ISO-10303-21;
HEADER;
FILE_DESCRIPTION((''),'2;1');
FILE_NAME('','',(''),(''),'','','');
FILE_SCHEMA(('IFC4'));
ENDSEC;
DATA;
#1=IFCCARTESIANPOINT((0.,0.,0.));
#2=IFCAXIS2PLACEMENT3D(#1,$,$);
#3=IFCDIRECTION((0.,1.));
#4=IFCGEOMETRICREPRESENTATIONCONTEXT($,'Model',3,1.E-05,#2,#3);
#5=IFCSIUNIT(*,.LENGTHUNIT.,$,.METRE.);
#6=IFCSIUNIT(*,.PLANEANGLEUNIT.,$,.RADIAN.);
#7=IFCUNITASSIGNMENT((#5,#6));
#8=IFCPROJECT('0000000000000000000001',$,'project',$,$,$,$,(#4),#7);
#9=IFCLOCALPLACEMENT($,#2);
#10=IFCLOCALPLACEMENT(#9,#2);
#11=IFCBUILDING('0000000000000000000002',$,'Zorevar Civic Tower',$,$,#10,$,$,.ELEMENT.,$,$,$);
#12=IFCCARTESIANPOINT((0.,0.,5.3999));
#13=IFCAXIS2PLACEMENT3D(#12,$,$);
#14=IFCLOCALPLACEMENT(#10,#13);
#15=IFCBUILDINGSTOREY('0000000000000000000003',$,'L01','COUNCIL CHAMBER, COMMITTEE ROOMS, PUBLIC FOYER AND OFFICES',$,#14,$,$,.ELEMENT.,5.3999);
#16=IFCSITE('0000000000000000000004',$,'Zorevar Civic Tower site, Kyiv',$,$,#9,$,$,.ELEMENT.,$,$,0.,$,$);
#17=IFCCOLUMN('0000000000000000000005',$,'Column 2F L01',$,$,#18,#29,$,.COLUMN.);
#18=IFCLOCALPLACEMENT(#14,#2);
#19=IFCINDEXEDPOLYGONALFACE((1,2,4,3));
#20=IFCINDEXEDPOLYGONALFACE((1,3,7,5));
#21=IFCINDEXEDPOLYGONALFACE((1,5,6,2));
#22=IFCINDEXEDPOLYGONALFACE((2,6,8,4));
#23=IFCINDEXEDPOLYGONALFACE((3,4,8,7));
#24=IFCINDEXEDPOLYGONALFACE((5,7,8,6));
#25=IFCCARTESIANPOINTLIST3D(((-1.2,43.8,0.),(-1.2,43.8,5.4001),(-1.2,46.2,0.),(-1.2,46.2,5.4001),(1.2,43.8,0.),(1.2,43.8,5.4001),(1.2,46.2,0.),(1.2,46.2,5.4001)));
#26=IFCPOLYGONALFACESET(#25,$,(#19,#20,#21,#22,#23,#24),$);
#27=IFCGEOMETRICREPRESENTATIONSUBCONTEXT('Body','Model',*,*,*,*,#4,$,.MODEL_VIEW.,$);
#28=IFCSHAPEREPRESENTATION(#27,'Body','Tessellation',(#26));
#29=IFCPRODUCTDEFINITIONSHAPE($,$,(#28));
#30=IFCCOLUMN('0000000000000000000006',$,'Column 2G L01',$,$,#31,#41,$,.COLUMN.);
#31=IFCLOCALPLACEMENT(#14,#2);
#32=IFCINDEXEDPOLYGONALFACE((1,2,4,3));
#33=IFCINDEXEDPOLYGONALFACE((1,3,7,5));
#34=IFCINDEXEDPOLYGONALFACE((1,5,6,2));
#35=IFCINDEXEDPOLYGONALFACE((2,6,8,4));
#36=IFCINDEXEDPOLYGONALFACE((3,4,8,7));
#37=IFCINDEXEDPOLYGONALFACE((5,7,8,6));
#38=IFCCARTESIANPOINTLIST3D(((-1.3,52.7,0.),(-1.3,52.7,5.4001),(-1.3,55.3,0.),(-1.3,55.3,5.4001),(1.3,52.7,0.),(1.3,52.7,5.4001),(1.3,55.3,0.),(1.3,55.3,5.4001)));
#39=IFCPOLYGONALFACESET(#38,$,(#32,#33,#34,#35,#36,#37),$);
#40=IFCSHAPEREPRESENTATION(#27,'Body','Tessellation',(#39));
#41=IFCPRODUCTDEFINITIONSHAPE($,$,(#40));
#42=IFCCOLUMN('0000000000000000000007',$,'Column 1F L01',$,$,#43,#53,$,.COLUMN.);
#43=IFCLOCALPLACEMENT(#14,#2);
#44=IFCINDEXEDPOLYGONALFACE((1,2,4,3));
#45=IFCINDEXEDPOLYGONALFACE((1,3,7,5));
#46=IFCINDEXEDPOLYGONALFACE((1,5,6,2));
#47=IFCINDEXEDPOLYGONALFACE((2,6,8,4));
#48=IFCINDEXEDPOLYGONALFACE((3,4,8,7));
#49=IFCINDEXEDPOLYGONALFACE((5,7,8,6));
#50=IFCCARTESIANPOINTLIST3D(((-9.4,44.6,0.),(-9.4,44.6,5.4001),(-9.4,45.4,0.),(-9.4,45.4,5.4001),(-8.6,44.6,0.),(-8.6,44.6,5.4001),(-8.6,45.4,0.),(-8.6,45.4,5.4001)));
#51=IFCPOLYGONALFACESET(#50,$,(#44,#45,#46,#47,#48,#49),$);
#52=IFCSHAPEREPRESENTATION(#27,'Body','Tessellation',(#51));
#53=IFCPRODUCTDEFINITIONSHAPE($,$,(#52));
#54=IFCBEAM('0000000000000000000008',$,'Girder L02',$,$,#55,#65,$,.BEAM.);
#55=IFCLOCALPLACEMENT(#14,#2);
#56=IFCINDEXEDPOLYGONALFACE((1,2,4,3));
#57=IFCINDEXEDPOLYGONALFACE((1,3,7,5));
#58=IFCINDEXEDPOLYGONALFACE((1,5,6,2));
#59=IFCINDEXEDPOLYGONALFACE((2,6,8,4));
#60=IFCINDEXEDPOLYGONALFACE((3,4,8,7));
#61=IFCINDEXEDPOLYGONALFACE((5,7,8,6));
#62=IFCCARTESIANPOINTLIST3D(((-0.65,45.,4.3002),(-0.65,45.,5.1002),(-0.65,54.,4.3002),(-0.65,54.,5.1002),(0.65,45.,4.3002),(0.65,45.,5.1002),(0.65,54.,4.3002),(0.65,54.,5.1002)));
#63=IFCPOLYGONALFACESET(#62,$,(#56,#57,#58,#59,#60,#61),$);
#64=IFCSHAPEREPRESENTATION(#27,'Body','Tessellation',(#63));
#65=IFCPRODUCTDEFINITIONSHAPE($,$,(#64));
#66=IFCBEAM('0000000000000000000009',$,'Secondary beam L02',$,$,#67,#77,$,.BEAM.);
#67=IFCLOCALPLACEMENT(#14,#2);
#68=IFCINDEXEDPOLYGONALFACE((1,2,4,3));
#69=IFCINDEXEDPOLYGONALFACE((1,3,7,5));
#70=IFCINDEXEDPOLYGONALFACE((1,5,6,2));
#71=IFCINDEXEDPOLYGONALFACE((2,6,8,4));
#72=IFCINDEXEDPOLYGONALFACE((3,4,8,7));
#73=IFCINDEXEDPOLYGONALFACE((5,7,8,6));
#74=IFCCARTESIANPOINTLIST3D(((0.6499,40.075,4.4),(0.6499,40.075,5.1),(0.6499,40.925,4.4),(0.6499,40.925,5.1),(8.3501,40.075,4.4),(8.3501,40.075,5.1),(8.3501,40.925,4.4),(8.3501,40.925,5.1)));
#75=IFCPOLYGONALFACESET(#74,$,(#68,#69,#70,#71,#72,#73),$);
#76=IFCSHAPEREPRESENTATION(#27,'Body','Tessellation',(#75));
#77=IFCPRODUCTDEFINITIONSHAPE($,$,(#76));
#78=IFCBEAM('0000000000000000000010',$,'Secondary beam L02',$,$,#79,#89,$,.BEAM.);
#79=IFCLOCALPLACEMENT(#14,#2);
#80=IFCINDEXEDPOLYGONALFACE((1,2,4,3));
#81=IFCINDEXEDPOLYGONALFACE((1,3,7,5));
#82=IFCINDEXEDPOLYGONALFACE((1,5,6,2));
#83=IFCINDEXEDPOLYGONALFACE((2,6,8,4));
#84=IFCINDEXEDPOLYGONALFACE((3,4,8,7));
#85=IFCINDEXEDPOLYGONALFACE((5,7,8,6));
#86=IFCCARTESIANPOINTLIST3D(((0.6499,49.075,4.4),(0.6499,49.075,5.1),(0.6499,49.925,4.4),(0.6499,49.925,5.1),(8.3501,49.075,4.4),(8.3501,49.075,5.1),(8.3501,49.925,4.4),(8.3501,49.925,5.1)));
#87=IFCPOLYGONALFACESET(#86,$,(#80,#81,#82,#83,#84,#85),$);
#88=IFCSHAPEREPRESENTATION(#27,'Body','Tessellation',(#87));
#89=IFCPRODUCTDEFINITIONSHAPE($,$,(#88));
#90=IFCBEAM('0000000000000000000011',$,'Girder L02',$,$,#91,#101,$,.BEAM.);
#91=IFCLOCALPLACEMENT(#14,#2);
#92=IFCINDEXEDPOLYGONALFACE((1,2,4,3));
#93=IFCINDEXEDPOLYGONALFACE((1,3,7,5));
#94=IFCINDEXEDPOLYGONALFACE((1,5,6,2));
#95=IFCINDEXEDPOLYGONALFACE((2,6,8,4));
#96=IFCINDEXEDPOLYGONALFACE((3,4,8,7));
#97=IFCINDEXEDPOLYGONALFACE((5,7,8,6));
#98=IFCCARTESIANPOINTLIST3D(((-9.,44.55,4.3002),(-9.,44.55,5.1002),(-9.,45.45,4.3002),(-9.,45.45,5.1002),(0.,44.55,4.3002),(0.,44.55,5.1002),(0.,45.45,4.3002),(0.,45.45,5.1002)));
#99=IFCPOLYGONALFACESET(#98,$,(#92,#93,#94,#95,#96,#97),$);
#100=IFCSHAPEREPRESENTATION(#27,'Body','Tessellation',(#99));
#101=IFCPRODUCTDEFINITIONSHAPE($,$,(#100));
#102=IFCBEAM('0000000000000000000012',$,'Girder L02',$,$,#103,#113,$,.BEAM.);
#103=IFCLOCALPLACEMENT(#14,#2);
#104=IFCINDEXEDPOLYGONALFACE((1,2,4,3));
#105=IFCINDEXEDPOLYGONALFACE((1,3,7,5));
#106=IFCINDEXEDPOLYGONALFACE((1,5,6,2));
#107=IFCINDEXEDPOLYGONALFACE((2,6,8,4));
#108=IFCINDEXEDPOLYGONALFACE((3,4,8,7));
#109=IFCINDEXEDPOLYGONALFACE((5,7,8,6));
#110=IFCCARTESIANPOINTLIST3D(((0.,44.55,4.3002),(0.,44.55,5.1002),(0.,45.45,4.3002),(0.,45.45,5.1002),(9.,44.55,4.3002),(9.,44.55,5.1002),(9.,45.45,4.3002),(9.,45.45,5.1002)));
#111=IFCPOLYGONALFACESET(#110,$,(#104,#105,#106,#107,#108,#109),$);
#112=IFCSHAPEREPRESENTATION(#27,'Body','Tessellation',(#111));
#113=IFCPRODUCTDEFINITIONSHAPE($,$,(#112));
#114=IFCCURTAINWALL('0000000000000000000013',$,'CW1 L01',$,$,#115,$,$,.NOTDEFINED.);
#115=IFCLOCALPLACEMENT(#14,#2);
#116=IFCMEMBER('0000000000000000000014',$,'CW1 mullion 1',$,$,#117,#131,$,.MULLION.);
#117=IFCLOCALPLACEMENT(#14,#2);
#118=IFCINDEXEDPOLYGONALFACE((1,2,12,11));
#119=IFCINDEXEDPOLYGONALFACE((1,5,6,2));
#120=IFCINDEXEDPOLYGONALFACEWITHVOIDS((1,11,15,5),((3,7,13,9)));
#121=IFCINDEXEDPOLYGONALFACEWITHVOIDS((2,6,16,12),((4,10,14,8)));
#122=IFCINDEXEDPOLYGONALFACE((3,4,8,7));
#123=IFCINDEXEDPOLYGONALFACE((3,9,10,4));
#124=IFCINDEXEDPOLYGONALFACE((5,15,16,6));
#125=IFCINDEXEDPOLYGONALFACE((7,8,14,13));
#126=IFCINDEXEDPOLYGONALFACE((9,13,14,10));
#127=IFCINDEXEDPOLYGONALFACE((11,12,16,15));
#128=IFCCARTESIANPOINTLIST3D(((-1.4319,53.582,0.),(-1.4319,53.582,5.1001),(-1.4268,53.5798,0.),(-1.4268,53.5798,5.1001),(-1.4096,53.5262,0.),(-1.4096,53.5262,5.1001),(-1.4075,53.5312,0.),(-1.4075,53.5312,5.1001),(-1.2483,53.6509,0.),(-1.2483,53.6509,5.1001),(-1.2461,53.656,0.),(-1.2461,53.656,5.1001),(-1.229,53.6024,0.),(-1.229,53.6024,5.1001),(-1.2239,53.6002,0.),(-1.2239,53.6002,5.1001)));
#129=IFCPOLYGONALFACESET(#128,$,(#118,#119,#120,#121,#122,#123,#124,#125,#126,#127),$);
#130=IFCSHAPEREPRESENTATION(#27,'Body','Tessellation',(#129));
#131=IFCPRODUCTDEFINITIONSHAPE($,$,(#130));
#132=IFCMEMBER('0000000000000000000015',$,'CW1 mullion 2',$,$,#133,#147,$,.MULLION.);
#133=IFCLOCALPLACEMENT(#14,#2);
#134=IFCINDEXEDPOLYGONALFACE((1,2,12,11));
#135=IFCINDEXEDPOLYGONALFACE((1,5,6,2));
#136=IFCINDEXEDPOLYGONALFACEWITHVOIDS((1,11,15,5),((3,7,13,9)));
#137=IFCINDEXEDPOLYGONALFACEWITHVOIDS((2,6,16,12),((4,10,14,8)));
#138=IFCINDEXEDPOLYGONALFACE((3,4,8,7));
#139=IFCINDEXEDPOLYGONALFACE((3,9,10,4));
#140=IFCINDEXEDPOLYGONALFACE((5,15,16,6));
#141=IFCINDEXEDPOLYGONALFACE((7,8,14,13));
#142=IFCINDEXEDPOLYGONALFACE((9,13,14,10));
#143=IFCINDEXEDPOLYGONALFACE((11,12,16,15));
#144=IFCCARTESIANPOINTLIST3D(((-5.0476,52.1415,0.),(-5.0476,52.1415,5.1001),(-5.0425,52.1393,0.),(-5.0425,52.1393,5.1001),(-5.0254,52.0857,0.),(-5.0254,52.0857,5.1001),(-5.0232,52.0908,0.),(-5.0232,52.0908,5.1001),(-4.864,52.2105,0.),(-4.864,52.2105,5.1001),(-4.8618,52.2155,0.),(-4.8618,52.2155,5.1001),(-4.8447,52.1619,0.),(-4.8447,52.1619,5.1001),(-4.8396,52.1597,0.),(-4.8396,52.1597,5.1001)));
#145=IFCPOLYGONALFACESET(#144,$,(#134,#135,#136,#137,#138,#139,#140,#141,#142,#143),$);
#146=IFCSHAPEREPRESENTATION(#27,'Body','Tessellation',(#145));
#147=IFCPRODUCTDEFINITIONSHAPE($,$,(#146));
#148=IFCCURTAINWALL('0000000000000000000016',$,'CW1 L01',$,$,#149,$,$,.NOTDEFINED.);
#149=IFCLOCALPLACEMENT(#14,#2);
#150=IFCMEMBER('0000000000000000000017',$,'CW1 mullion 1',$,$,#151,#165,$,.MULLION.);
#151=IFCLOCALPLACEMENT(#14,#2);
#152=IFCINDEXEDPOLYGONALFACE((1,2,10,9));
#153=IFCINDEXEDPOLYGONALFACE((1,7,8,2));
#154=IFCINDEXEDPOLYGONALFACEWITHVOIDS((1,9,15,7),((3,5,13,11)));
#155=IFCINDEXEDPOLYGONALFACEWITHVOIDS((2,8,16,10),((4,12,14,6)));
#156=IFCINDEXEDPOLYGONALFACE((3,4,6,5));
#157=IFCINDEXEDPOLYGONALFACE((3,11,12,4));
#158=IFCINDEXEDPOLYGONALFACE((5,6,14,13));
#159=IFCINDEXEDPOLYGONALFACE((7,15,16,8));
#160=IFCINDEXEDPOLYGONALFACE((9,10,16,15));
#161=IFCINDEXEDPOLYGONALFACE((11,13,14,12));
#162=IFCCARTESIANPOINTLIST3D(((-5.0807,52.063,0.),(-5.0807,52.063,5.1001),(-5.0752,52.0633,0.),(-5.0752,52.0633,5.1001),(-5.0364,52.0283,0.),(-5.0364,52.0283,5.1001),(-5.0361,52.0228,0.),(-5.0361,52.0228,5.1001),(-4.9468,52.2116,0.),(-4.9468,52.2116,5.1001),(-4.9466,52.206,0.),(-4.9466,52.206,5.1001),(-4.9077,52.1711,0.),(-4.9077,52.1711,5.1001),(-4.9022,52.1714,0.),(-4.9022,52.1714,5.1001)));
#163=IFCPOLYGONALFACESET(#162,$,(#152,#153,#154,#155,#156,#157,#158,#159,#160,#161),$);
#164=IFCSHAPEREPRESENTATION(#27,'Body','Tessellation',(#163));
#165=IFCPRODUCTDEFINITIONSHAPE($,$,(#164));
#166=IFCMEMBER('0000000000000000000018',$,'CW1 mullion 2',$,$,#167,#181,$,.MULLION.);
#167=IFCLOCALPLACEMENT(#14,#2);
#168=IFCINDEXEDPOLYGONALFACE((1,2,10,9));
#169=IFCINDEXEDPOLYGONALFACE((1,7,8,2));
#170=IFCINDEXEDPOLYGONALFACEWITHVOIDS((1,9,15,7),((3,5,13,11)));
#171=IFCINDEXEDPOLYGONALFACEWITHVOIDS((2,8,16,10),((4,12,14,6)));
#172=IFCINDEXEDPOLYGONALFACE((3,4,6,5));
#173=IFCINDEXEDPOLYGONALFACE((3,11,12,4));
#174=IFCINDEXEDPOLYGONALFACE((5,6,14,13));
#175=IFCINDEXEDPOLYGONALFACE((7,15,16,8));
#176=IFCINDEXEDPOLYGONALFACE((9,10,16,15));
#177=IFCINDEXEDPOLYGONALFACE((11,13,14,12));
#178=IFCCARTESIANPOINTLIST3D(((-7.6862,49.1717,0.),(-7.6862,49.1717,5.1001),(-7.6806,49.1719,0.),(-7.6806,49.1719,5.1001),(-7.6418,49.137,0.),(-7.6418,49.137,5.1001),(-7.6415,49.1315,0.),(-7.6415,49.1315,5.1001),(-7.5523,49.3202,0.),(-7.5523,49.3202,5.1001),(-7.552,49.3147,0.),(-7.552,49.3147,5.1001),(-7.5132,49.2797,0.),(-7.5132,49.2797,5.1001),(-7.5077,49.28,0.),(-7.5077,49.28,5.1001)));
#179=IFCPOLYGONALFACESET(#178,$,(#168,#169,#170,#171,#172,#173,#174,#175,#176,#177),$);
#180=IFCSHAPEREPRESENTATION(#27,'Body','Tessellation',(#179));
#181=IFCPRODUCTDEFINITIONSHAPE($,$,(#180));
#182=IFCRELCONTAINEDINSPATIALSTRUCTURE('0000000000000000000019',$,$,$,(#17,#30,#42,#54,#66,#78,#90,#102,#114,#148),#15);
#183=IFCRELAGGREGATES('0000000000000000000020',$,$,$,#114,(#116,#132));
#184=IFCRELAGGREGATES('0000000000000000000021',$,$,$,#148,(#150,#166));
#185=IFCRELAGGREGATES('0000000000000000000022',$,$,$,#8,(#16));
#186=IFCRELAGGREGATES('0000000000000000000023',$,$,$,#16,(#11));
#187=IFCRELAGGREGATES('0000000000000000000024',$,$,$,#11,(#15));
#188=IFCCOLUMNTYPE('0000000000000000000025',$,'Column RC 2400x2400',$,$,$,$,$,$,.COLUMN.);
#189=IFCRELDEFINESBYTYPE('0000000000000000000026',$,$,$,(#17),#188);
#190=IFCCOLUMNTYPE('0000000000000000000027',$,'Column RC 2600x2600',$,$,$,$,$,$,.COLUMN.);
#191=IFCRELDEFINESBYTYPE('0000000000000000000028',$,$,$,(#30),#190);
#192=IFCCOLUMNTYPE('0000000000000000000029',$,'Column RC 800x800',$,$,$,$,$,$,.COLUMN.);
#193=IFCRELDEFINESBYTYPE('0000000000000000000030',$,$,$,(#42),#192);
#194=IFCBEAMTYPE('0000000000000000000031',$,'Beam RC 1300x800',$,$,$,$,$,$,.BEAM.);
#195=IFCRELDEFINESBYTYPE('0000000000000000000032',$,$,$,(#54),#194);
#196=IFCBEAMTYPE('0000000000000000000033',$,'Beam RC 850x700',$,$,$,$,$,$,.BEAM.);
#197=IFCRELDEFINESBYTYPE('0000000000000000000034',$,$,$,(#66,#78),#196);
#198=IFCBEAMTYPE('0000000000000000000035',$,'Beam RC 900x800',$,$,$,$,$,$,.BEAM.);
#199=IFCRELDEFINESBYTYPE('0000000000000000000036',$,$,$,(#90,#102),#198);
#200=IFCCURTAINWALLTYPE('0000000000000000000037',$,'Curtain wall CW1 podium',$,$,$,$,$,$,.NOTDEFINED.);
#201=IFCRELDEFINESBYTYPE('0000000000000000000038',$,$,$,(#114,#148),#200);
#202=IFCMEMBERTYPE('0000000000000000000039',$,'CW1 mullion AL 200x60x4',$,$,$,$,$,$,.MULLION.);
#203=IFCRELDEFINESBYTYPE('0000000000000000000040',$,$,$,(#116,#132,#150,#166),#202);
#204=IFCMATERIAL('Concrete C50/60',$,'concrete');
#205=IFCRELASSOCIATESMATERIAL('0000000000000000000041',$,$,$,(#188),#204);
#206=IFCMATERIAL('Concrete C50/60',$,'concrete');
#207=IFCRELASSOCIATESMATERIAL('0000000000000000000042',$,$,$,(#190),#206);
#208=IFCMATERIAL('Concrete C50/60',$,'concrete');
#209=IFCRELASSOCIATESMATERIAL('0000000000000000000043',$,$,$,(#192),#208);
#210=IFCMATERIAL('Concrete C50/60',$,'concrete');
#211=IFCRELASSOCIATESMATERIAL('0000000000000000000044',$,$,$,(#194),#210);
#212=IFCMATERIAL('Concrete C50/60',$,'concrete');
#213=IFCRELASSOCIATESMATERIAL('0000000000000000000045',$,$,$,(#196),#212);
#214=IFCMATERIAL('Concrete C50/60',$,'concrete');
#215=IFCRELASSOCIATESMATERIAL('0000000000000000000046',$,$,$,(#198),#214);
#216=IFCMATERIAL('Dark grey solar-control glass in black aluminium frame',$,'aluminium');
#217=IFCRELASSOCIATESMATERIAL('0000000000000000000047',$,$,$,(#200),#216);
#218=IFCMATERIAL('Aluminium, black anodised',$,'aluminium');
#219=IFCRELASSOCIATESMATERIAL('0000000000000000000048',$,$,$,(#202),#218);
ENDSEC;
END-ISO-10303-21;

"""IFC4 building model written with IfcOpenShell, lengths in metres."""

from ifc_helpers import new_model, si_unit, direction, frame, origin, origin_2d, place, context, subcontext, project, spatial, rectangle, hollow_rectangle, extrude, material, material_profile, profile_set, type_object, element, aggregate, save


model = new_model("IFC4")

# Units and contexts
model_context = context("Model", 3, precision=1e-05, world=origin(), true_north=direction((0.0, 1.0)))
body_context = subcontext(model_context, "Body", "Model", "MODEL_VIEW")
ifc_project = project(units=[si_unit("LENGTHUNIT", "METRE"), si_unit("PLANEANGLEUNIT", "RADIAN")], contexts=[model_context])

# Site, building, storey
site_placement = place(None, origin())
site = spatial("IfcSite", under=ifc_project, at=site_placement, Name="Zorevar Civic Tower site, Kyiv", CompositionType="ELEMENT", RefElevation=0.0)
building_placement = place(site_placement, origin())
building = spatial("IfcBuilding", under=site, at=building_placement, Name="Zorevar Civic Tower", CompositionType="ELEMENT")
storey_placement = place(building_placement, frame((0.0, 0.0, 5.3999)))
storey = spatial("IfcBuildingStorey", under=building, at=storey_placement, Name="L01", Description="COUNCIL CHAMBER, COMMITTEE ROOMS, PUBLIC FOYER AND OFFICES", CompositionType="ELEMENT", Elevation=5.3999)

# Columns
ifc_material_1 = material(Name="Concrete C50/60", Category="concrete")
ifc_material_profile_1 = material_profile(ifc_material_1, rectangle(XDim=2.3999, YDim=2.3999, at=origin_2d()), Name="RC 2400x2400")
ifc_profile_set_1 = profile_set([ifc_material_profile_1], Name="Concrete C50/60")
column_type_1 = type_object("IfcColumnType", Name="Column RC 2400x2400", PredefinedType="COLUMN", material=ifc_profile_set_1)
column_1_placement = place(storey_placement, frame((0.0, 45.0, 0.0), z_axis=(0.0, 0.0, 1.0), x_axis=(1.0, 0.0, 0.0)))
element("IfcColumn", 1, at=column_1_placement, inside=storey, type_object=column_type_1, Name="Column 2F L01", PredefinedType="COLUMN", context=body_context, shape_type="SweptSolid", body=[
    extrude(rectangle(XDim=2.3999, YDim=2.3999, at=origin_2d()), origin(), (0.0, 0.0, 1.0), 5.4001),
])
ifc_material_2 = material(Name="Concrete C50/60", Category="concrete")
ifc_material_profile_2 = material_profile(ifc_material_2, rectangle(XDim=2.6001, YDim=2.6001, at=origin_2d()), Name="RC 2600x2600")
ifc_profile_set_2 = profile_set([ifc_material_profile_2], Name="Concrete C50/60")
column_type_2 = type_object("IfcColumnType", Name="Column RC 2600x2600", PredefinedType="COLUMN", material=ifc_profile_set_2)
column_2_placement = place(storey_placement, frame((0.0, 54.0, 0.0), z_axis=(0.0, 0.0, 1.0), x_axis=(1.0, 0.0, 0.0)))
element("IfcColumn", 2, at=column_2_placement, inside=storey, type_object=column_type_2, Name="Column 2G L01", PredefinedType="COLUMN", context=body_context, shape_type="SweptSolid", body=[
    extrude(rectangle(XDim=2.6001, YDim=2.6001, at=origin_2d()), origin(), (0.0, 0.0, 1.0), 5.4001),
])
ifc_material_3 = material(Name="Concrete C50/60", Category="concrete")
ifc_material_profile_3 = material_profile(ifc_material_3, rectangle(XDim=0.8, YDim=0.8, at=origin_2d()), Name="RC 800x800")
ifc_profile_set_3 = profile_set([ifc_material_profile_3], Name="Concrete C50/60")
column_type_3 = type_object("IfcColumnType", Name="Column RC 800x800", PredefinedType="COLUMN", material=ifc_profile_set_3)
column_3_placement = place(storey_placement, frame((-9.0, 45.0, 0.0), z_axis=(0.0, 0.0, 1.0), x_axis=(1.0, 0.0, 0.0)))
element("IfcColumn", 3, at=column_3_placement, inside=storey, type_object=column_type_3, Name="Column 1F L01", PredefinedType="COLUMN", context=body_context, shape_type="SweptSolid", body=[
    extrude(rectangle(XDim=0.8, YDim=0.8, at=origin_2d()), origin(), (0.0, 0.0, 1.0), 5.4001),
])

# Beams
ifc_material_4 = material(Name="Concrete C50/60", Category="concrete")
ifc_material_profile_4 = material_profile(ifc_material_4, rectangle(XDim=1.3, YDim=0.8, at=origin_2d()), Name="RC 1300x800")
ifc_profile_set_4 = profile_set([ifc_material_profile_4], Name="Concrete C50/60")
beam_type_1 = type_object("IfcBeamType", Name="Beam RC 1300x800", PredefinedType="BEAM", material=ifc_profile_set_4)
beam_1_placement = place(storey_placement, frame((0.0, 45.0, 4.7002), z_axis=(0.0, 1.0, 0.0), x_axis=(-1.0, 0.0, 0.0)))
element("IfcBeam", 4, at=beam_1_placement, inside=storey, type_object=beam_type_1, Name="Girder L02", PredefinedType="BEAM", context=body_context, shape_type="SweptSolid", body=[
    extrude(rectangle(XDim=1.3, YDim=0.8, at=origin_2d()), origin(), (0.0, 0.0, 1.0), 9.0),
])
ifc_material_5 = material(Name="Concrete C50/60", Category="concrete")
ifc_material_profile_5 = material_profile(ifc_material_5, rectangle(XDim=0.8501, YDim=0.7, at=origin_2d()), Name="RC 850x700")
ifc_profile_set_5 = profile_set([ifc_material_profile_5], Name="Concrete C50/60")
beam_type_2 = type_object("IfcBeamType", Name="Beam RC 850x700", PredefinedType="BEAM", material=ifc_profile_set_5)
for number, where, z_axis, x_axis, name in (
    (5, (0.6499, 40.5, 4.75), (1.0, 0.0, 0.0), (0.0, 1.0, 0.0), "Secondary beam L02"),
    (6, (0.6499, 49.5, 4.75), (1.0, 0.0, 0.0), (0.0, 1.0, 0.0), "Secondary beam L02"),
):
    element("IfcBeam", number, at=place(storey_placement, frame(where, z_axis=z_axis, x_axis=x_axis)), inside=storey, type_object=beam_type_2, Name=name, PredefinedType="BEAM", context=body_context, shape_type="SweptSolid", body=[
        extrude(rectangle(XDim=0.8501, YDim=0.7, at=origin_2d()), origin(), (0.0, 0.0, 1.0), 7.7002),
    ])
ifc_material_6 = material(Name="Concrete C50/60", Category="concrete")
ifc_material_profile_6 = material_profile(ifc_material_6, rectangle(XDim=0.8999, YDim=0.8, at=origin_2d()), Name="RC 900x800")
ifc_profile_set_6 = profile_set([ifc_material_profile_6], Name="Concrete C50/60")
beam_type_3 = type_object("IfcBeamType", Name="Beam RC 900x800", PredefinedType="BEAM", material=ifc_profile_set_6)
for number, where, z_axis, x_axis, name in (
    (7, (-9.0, 45.0, 4.7002), (1.0, 0.0, 0.0), (0.0, 1.0, 0.0), "Girder L02"),
    (8, (0.0, 45.0, 4.7002), (1.0, 0.0, 0.0), (0.0, 1.0, 0.0), "Girder L02"),
):
    element("IfcBeam", number, at=place(storey_placement, frame(where, z_axis=z_axis, x_axis=x_axis)), inside=storey, type_object=beam_type_3, Name=name, PredefinedType="BEAM", context=body_context, shape_type="SweptSolid", body=[
        extrude(rectangle(XDim=0.8999, YDim=0.8, at=origin_2d()), origin(), (0.0, 0.0, 1.0), 9.0),
    ])

# Curtain walls, members
ifc_material_7 = material(Name="Dark grey solar-control glass in black aluminium frame", Category="aluminium")
curtain_wall_type = type_object("IfcCurtainWallType", Name="Curtain wall CW1 podium", PredefinedType="NOTDEFINED", material=ifc_material_7)
curtain_wall_1_placement = place(storey_placement, origin())
curtain_wall_1 = element("IfcCurtainWall", 9, at=curtain_wall_1_placement, inside=storey, type_object=curtain_wall_type, Name="CW1 L01", PredefinedType="NOTDEFINED")
ifc_material_8 = material(Name="Aluminium, black anodised", Category="aluminium")
ifc_material_profile_7 = material_profile(ifc_material_8, hollow_rectangle(XDim=0.0601, YDim=0.2, WallThickness=0.0039, at=origin_2d()), Name="AL 200x60x4")
ifc_profile_set_7 = profile_set([ifc_material_profile_7], Name="Aluminium, black anodised")
member_type_1 = type_object("IfcMemberType", Name="CW1 mullion AL 200x60x4", PredefinedType="MULLION", material=ifc_profile_set_7)
member_1_placement = place(storey_placement, frame((-1.3279, 53.5911, 0.0), z_axis=(0.0, 0.0, 1.0), x_axis=(0.370111, -0.928988, 0.0)))
member_1 = element("IfcMember", 10, at=member_1_placement, type_object=member_type_1, Name="CW1 mullion 1", PredefinedType="MULLION", context=body_context, shape_type="SweptSolid", body=[
    extrude(hollow_rectangle(XDim=0.0601, YDim=0.2, WallThickness=0.0039, at=origin_2d()), origin(), (0.0, 0.0, 1.0), 5.1001),
])
member_2_placement = place(storey_placement, frame((-4.9436, 52.1506, 0.0), z_axis=(0.0, 0.0, 1.0), x_axis=(0.370111, -0.928988, 0.0)))
member_2 = element("IfcMember", 11, at=member_2_placement, type_object=member_type_1, Name="CW1 mullion 2", PredefinedType="MULLION", context=body_context, shape_type="SweptSolid", body=[
    extrude(hollow_rectangle(XDim=0.0601, YDim=0.2, WallThickness=0.0039, at=origin_2d()), origin(), (0.0, 0.0, 1.0), 5.1001),
])
curtain_wall_2_placement = place(storey_placement, origin())
curtain_wall_2 = element("IfcCurtainWall", 12, at=curtain_wall_2_placement, inside=storey, type_object=curtain_wall_type, Name="CW1 L01", PredefinedType="NOTDEFINED")
member_3_placement = place(storey_placement, frame((-4.9915, 52.1172, 0.0), z_axis=(0.0, 0.0, 1.0), x_axis=(0.7429, -0.669403, 0.0)))
member_3 = element("IfcMember", 13, at=member_3_placement, type_object=member_type_1, Name="CW1 mullion 1", PredefinedType="MULLION", context=body_context, shape_type="SweptSolid", body=[
    extrude(hollow_rectangle(XDim=0.0601, YDim=0.2, WallThickness=0.0039, at=origin_2d()), origin(), (0.0, 0.0, 1.0), 5.1001),
])
member_4_placement = place(storey_placement, frame((-7.5969, 49.2258, 0.0), z_axis=(0.0, 0.0, 1.0), x_axis=(0.7429, -0.669403, 0.0)))
member_4 = element("IfcMember", 14, at=member_4_placement, type_object=member_type_1, Name="CW1 mullion 2", PredefinedType="MULLION", context=body_context, shape_type="SweptSolid", body=[
    extrude(hollow_rectangle(XDim=0.0601, YDim=0.2, WallThickness=0.0039, at=origin_2d()), origin(), (0.0, 0.0, 1.0), 5.1001),
])

aggregate(curtain_wall_1, [member_1, member_2])
aggregate(curtain_wall_2, [member_3, member_4])

save(model, "model.ifc")
